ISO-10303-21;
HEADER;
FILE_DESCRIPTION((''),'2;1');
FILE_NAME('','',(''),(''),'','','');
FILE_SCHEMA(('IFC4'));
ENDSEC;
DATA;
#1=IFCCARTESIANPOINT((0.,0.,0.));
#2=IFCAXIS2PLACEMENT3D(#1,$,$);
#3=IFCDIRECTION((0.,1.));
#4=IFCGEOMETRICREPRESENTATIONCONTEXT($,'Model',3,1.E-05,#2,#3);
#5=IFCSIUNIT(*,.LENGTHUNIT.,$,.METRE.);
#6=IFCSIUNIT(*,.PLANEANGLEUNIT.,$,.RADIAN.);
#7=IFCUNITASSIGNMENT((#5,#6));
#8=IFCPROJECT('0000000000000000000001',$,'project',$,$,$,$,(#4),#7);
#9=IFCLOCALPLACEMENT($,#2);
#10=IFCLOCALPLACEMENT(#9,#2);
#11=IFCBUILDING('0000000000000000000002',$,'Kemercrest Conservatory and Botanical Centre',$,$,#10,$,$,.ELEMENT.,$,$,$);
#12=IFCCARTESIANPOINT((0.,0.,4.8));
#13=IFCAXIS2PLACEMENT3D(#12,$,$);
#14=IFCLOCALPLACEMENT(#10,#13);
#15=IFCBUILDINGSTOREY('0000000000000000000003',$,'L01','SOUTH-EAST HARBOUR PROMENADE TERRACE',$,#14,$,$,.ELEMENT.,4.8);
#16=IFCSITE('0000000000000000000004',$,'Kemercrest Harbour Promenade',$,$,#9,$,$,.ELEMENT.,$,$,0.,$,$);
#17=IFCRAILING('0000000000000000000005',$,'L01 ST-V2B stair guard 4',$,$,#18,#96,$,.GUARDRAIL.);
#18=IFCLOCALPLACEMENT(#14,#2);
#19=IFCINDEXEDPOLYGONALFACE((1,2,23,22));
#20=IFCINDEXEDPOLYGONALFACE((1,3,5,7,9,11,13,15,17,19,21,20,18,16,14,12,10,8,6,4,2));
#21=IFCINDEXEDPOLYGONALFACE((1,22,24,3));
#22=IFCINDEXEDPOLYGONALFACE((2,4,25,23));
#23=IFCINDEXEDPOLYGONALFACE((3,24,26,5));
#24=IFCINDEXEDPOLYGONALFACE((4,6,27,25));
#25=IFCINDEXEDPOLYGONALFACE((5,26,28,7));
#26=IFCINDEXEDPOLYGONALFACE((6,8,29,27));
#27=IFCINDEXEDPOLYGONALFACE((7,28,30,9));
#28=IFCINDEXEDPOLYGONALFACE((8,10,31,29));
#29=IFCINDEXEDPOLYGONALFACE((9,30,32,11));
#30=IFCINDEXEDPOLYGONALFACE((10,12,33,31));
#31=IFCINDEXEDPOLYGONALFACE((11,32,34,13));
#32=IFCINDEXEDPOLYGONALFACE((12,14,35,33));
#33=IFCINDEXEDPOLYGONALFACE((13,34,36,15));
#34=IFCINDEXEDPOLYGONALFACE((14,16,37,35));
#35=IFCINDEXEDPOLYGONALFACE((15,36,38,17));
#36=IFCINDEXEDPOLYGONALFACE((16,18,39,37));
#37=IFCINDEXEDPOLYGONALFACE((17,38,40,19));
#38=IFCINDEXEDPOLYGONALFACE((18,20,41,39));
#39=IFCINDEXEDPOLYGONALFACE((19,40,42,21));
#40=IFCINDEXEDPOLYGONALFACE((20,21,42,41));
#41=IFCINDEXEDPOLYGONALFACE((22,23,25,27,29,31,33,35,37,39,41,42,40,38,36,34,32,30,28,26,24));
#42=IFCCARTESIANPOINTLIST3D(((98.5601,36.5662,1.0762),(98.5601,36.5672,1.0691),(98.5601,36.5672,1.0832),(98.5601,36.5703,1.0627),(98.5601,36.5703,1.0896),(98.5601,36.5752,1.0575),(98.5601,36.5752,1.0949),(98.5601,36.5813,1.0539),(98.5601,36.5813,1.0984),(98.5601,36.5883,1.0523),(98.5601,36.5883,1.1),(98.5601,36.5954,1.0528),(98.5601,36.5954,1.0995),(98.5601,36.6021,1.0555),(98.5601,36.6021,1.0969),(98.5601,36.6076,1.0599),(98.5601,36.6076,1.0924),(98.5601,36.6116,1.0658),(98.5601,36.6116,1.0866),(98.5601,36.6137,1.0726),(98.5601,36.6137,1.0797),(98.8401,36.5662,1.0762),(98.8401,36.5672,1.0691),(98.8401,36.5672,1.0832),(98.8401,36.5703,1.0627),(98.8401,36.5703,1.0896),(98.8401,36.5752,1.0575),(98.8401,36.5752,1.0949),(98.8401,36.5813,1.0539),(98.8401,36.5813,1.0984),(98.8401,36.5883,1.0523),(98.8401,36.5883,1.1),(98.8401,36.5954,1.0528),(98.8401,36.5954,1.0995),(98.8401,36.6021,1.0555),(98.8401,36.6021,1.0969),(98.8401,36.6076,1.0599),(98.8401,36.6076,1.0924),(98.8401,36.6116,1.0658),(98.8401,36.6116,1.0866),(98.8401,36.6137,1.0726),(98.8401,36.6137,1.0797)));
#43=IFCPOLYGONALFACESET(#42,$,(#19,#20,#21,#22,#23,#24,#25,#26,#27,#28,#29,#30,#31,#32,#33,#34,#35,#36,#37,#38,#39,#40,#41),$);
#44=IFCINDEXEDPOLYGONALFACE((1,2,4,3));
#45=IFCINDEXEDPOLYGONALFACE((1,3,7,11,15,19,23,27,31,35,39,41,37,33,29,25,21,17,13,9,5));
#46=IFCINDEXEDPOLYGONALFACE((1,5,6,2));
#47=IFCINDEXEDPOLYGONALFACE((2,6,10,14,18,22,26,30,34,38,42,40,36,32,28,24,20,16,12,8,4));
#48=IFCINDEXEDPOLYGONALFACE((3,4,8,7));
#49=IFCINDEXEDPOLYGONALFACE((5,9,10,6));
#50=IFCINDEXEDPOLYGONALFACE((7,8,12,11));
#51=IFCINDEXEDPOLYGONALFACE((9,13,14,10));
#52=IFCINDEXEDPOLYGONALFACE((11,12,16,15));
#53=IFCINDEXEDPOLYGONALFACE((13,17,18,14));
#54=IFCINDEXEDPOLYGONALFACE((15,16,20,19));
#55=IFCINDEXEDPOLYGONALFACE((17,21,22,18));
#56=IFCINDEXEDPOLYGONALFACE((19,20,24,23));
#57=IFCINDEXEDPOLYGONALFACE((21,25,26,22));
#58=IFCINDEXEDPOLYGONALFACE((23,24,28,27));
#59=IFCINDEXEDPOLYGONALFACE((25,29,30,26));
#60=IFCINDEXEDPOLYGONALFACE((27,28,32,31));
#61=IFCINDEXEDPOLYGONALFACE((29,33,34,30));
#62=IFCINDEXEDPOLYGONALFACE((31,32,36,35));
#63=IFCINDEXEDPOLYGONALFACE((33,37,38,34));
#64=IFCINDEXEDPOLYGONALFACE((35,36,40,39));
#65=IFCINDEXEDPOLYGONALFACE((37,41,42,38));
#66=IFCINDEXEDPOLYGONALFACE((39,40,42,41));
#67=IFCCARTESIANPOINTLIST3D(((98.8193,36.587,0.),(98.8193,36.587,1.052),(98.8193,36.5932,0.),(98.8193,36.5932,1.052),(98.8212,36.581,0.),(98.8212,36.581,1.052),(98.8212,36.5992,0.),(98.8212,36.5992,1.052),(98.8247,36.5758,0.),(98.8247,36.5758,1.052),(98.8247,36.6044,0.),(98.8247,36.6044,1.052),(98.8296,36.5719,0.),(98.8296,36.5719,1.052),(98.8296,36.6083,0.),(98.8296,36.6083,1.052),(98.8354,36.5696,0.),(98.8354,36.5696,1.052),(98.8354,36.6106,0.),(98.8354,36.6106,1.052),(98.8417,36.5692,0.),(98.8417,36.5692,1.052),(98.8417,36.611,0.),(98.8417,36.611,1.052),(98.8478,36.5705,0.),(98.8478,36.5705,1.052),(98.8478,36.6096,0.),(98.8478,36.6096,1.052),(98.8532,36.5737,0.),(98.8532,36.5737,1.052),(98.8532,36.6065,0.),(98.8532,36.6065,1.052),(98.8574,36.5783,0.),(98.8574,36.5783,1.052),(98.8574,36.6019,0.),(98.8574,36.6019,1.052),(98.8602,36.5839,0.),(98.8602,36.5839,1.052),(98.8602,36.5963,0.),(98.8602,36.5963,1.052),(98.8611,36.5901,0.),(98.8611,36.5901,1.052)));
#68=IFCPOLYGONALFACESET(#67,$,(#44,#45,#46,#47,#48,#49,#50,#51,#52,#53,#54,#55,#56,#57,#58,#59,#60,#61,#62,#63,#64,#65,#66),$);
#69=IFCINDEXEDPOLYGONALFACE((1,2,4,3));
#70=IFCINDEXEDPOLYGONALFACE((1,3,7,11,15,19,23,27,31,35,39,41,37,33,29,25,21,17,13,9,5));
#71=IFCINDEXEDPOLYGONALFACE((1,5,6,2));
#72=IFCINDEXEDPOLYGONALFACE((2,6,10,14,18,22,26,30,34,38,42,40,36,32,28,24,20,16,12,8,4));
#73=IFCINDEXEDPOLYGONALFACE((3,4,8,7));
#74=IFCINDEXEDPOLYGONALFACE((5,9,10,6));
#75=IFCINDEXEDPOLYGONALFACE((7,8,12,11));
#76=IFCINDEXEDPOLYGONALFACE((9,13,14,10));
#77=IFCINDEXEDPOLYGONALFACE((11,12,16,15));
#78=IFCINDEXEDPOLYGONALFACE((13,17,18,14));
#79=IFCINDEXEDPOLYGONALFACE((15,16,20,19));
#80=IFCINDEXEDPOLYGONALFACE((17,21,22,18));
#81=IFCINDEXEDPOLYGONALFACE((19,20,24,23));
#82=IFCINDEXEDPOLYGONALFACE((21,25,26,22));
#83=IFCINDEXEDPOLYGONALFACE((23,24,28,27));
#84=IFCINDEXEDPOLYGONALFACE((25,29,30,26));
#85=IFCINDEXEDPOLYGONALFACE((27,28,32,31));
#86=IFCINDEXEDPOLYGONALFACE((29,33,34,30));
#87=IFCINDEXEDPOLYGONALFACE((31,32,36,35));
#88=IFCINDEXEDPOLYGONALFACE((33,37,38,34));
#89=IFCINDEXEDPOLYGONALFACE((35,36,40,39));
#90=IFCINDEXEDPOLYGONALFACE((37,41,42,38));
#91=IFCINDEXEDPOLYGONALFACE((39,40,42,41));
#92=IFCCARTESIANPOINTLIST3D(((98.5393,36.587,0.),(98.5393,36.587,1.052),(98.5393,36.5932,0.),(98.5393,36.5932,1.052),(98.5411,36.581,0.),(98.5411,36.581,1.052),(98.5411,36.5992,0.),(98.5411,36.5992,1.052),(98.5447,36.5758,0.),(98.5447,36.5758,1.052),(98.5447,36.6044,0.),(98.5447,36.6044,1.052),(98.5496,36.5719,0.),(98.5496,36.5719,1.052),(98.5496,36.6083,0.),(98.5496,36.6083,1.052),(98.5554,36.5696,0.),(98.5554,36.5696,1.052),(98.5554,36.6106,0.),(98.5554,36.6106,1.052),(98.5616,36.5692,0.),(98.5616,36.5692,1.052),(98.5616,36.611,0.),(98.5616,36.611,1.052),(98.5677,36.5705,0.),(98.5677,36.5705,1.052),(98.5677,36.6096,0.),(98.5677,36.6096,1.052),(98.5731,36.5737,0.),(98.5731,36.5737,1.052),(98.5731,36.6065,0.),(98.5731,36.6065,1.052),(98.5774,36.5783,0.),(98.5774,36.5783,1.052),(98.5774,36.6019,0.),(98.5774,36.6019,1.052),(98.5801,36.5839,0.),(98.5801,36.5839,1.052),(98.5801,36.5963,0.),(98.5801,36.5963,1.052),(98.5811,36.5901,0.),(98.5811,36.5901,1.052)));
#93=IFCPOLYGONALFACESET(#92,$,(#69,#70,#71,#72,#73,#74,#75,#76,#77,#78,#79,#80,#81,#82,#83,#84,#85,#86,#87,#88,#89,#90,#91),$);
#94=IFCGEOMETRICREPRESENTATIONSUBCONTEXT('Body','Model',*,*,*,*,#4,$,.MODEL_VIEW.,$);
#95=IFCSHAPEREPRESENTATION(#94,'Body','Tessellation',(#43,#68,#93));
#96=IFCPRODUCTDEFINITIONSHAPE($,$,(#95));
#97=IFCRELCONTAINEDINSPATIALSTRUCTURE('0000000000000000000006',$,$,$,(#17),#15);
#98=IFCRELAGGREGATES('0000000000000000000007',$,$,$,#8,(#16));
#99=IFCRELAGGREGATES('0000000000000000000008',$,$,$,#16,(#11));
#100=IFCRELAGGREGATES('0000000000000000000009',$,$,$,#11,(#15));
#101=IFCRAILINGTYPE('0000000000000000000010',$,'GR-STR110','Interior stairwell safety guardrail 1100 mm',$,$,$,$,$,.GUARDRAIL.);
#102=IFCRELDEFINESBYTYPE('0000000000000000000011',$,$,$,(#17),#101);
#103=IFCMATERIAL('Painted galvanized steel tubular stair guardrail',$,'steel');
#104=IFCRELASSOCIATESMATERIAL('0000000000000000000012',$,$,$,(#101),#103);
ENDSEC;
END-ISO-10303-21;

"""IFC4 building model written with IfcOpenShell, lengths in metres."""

from ifc_helpers import new_model, si_unit, direction, frame, origin, origin_2d, place, context, subcontext, project, spatial, circle, extrude, material, type_object, element, save


model = new_model("IFC4")

# Units and contexts
model_context = context("Model", 3, precision=1e-05, world=origin(), true_north=direction((0.0, 1.0)))
body_context = subcontext(model_context, "Body", "Model", "MODEL_VIEW")
ifc_project = project(units=[si_unit("LENGTHUNIT", "METRE"), si_unit("PLANEANGLEUNIT", "RADIAN")], contexts=[model_context])

# Site, building, storey
site_placement = place(None, origin())
site = spatial("IfcSite", under=ifc_project, at=site_placement, Name="Kemercrest Harbour Promenade", CompositionType="ELEMENT", RefElevation=0.0)
building_placement = place(site_placement, origin())
building = spatial("IfcBuilding", under=site, at=building_placement, Name="Kemercrest Conservatory and Botanical Centre", CompositionType="ELEMENT")
storey_placement = place(building_placement, frame((0.0, 0.0, 4.8)))
storey = spatial("IfcBuildingStorey", under=building, at=storey_placement, Name="L01", Description="SOUTH-EAST HARBOUR PROMENADE TERRACE", CompositionType="ELEMENT", Elevation=4.8)

# Railing
ifc_material_1 = material(Name="Painted galvanized steel tubular stair guardrail", Category="steel")
railing_type_1 = type_object("IfcRailingType", Name="GR-STR110", Description="Interior stairwell safety guardrail 1100 mm", PredefinedType="GUARDRAIL", material=ifc_material_1)
railing_1_placement = place(storey_placement, frame((98.8401, 36.5901, 0.0)))
element("IfcRailing", 1, at=railing_1_placement, inside=storey, type_object=railing_type_1, Name="L01 ST-V2B stair guard 4", PredefinedType="GUARDRAIL", context=body_context, shape_type="SweptSolid", body=[
    extrude(circle(Radius=0.0239, at=origin_2d()), frame((0.0, 0.0, 1.0762), z_axis=(-1.0, 0.0, 0.0), x_axis=(0.0, -1.0, 0.0)), (0.0, 0.0, 1.0), 0.28),
    extrude(circle(Radius=0.021, at=origin_2d()), origin(), (0.0, 0.0, 1.0), 1.052),
    extrude(circle(Radius=0.021, at=origin_2d()), frame((-0.28, 0.0, 0.0)), (0.0, 0.0, 1.0), 1.052),
])

save(model, "model.ifc")
